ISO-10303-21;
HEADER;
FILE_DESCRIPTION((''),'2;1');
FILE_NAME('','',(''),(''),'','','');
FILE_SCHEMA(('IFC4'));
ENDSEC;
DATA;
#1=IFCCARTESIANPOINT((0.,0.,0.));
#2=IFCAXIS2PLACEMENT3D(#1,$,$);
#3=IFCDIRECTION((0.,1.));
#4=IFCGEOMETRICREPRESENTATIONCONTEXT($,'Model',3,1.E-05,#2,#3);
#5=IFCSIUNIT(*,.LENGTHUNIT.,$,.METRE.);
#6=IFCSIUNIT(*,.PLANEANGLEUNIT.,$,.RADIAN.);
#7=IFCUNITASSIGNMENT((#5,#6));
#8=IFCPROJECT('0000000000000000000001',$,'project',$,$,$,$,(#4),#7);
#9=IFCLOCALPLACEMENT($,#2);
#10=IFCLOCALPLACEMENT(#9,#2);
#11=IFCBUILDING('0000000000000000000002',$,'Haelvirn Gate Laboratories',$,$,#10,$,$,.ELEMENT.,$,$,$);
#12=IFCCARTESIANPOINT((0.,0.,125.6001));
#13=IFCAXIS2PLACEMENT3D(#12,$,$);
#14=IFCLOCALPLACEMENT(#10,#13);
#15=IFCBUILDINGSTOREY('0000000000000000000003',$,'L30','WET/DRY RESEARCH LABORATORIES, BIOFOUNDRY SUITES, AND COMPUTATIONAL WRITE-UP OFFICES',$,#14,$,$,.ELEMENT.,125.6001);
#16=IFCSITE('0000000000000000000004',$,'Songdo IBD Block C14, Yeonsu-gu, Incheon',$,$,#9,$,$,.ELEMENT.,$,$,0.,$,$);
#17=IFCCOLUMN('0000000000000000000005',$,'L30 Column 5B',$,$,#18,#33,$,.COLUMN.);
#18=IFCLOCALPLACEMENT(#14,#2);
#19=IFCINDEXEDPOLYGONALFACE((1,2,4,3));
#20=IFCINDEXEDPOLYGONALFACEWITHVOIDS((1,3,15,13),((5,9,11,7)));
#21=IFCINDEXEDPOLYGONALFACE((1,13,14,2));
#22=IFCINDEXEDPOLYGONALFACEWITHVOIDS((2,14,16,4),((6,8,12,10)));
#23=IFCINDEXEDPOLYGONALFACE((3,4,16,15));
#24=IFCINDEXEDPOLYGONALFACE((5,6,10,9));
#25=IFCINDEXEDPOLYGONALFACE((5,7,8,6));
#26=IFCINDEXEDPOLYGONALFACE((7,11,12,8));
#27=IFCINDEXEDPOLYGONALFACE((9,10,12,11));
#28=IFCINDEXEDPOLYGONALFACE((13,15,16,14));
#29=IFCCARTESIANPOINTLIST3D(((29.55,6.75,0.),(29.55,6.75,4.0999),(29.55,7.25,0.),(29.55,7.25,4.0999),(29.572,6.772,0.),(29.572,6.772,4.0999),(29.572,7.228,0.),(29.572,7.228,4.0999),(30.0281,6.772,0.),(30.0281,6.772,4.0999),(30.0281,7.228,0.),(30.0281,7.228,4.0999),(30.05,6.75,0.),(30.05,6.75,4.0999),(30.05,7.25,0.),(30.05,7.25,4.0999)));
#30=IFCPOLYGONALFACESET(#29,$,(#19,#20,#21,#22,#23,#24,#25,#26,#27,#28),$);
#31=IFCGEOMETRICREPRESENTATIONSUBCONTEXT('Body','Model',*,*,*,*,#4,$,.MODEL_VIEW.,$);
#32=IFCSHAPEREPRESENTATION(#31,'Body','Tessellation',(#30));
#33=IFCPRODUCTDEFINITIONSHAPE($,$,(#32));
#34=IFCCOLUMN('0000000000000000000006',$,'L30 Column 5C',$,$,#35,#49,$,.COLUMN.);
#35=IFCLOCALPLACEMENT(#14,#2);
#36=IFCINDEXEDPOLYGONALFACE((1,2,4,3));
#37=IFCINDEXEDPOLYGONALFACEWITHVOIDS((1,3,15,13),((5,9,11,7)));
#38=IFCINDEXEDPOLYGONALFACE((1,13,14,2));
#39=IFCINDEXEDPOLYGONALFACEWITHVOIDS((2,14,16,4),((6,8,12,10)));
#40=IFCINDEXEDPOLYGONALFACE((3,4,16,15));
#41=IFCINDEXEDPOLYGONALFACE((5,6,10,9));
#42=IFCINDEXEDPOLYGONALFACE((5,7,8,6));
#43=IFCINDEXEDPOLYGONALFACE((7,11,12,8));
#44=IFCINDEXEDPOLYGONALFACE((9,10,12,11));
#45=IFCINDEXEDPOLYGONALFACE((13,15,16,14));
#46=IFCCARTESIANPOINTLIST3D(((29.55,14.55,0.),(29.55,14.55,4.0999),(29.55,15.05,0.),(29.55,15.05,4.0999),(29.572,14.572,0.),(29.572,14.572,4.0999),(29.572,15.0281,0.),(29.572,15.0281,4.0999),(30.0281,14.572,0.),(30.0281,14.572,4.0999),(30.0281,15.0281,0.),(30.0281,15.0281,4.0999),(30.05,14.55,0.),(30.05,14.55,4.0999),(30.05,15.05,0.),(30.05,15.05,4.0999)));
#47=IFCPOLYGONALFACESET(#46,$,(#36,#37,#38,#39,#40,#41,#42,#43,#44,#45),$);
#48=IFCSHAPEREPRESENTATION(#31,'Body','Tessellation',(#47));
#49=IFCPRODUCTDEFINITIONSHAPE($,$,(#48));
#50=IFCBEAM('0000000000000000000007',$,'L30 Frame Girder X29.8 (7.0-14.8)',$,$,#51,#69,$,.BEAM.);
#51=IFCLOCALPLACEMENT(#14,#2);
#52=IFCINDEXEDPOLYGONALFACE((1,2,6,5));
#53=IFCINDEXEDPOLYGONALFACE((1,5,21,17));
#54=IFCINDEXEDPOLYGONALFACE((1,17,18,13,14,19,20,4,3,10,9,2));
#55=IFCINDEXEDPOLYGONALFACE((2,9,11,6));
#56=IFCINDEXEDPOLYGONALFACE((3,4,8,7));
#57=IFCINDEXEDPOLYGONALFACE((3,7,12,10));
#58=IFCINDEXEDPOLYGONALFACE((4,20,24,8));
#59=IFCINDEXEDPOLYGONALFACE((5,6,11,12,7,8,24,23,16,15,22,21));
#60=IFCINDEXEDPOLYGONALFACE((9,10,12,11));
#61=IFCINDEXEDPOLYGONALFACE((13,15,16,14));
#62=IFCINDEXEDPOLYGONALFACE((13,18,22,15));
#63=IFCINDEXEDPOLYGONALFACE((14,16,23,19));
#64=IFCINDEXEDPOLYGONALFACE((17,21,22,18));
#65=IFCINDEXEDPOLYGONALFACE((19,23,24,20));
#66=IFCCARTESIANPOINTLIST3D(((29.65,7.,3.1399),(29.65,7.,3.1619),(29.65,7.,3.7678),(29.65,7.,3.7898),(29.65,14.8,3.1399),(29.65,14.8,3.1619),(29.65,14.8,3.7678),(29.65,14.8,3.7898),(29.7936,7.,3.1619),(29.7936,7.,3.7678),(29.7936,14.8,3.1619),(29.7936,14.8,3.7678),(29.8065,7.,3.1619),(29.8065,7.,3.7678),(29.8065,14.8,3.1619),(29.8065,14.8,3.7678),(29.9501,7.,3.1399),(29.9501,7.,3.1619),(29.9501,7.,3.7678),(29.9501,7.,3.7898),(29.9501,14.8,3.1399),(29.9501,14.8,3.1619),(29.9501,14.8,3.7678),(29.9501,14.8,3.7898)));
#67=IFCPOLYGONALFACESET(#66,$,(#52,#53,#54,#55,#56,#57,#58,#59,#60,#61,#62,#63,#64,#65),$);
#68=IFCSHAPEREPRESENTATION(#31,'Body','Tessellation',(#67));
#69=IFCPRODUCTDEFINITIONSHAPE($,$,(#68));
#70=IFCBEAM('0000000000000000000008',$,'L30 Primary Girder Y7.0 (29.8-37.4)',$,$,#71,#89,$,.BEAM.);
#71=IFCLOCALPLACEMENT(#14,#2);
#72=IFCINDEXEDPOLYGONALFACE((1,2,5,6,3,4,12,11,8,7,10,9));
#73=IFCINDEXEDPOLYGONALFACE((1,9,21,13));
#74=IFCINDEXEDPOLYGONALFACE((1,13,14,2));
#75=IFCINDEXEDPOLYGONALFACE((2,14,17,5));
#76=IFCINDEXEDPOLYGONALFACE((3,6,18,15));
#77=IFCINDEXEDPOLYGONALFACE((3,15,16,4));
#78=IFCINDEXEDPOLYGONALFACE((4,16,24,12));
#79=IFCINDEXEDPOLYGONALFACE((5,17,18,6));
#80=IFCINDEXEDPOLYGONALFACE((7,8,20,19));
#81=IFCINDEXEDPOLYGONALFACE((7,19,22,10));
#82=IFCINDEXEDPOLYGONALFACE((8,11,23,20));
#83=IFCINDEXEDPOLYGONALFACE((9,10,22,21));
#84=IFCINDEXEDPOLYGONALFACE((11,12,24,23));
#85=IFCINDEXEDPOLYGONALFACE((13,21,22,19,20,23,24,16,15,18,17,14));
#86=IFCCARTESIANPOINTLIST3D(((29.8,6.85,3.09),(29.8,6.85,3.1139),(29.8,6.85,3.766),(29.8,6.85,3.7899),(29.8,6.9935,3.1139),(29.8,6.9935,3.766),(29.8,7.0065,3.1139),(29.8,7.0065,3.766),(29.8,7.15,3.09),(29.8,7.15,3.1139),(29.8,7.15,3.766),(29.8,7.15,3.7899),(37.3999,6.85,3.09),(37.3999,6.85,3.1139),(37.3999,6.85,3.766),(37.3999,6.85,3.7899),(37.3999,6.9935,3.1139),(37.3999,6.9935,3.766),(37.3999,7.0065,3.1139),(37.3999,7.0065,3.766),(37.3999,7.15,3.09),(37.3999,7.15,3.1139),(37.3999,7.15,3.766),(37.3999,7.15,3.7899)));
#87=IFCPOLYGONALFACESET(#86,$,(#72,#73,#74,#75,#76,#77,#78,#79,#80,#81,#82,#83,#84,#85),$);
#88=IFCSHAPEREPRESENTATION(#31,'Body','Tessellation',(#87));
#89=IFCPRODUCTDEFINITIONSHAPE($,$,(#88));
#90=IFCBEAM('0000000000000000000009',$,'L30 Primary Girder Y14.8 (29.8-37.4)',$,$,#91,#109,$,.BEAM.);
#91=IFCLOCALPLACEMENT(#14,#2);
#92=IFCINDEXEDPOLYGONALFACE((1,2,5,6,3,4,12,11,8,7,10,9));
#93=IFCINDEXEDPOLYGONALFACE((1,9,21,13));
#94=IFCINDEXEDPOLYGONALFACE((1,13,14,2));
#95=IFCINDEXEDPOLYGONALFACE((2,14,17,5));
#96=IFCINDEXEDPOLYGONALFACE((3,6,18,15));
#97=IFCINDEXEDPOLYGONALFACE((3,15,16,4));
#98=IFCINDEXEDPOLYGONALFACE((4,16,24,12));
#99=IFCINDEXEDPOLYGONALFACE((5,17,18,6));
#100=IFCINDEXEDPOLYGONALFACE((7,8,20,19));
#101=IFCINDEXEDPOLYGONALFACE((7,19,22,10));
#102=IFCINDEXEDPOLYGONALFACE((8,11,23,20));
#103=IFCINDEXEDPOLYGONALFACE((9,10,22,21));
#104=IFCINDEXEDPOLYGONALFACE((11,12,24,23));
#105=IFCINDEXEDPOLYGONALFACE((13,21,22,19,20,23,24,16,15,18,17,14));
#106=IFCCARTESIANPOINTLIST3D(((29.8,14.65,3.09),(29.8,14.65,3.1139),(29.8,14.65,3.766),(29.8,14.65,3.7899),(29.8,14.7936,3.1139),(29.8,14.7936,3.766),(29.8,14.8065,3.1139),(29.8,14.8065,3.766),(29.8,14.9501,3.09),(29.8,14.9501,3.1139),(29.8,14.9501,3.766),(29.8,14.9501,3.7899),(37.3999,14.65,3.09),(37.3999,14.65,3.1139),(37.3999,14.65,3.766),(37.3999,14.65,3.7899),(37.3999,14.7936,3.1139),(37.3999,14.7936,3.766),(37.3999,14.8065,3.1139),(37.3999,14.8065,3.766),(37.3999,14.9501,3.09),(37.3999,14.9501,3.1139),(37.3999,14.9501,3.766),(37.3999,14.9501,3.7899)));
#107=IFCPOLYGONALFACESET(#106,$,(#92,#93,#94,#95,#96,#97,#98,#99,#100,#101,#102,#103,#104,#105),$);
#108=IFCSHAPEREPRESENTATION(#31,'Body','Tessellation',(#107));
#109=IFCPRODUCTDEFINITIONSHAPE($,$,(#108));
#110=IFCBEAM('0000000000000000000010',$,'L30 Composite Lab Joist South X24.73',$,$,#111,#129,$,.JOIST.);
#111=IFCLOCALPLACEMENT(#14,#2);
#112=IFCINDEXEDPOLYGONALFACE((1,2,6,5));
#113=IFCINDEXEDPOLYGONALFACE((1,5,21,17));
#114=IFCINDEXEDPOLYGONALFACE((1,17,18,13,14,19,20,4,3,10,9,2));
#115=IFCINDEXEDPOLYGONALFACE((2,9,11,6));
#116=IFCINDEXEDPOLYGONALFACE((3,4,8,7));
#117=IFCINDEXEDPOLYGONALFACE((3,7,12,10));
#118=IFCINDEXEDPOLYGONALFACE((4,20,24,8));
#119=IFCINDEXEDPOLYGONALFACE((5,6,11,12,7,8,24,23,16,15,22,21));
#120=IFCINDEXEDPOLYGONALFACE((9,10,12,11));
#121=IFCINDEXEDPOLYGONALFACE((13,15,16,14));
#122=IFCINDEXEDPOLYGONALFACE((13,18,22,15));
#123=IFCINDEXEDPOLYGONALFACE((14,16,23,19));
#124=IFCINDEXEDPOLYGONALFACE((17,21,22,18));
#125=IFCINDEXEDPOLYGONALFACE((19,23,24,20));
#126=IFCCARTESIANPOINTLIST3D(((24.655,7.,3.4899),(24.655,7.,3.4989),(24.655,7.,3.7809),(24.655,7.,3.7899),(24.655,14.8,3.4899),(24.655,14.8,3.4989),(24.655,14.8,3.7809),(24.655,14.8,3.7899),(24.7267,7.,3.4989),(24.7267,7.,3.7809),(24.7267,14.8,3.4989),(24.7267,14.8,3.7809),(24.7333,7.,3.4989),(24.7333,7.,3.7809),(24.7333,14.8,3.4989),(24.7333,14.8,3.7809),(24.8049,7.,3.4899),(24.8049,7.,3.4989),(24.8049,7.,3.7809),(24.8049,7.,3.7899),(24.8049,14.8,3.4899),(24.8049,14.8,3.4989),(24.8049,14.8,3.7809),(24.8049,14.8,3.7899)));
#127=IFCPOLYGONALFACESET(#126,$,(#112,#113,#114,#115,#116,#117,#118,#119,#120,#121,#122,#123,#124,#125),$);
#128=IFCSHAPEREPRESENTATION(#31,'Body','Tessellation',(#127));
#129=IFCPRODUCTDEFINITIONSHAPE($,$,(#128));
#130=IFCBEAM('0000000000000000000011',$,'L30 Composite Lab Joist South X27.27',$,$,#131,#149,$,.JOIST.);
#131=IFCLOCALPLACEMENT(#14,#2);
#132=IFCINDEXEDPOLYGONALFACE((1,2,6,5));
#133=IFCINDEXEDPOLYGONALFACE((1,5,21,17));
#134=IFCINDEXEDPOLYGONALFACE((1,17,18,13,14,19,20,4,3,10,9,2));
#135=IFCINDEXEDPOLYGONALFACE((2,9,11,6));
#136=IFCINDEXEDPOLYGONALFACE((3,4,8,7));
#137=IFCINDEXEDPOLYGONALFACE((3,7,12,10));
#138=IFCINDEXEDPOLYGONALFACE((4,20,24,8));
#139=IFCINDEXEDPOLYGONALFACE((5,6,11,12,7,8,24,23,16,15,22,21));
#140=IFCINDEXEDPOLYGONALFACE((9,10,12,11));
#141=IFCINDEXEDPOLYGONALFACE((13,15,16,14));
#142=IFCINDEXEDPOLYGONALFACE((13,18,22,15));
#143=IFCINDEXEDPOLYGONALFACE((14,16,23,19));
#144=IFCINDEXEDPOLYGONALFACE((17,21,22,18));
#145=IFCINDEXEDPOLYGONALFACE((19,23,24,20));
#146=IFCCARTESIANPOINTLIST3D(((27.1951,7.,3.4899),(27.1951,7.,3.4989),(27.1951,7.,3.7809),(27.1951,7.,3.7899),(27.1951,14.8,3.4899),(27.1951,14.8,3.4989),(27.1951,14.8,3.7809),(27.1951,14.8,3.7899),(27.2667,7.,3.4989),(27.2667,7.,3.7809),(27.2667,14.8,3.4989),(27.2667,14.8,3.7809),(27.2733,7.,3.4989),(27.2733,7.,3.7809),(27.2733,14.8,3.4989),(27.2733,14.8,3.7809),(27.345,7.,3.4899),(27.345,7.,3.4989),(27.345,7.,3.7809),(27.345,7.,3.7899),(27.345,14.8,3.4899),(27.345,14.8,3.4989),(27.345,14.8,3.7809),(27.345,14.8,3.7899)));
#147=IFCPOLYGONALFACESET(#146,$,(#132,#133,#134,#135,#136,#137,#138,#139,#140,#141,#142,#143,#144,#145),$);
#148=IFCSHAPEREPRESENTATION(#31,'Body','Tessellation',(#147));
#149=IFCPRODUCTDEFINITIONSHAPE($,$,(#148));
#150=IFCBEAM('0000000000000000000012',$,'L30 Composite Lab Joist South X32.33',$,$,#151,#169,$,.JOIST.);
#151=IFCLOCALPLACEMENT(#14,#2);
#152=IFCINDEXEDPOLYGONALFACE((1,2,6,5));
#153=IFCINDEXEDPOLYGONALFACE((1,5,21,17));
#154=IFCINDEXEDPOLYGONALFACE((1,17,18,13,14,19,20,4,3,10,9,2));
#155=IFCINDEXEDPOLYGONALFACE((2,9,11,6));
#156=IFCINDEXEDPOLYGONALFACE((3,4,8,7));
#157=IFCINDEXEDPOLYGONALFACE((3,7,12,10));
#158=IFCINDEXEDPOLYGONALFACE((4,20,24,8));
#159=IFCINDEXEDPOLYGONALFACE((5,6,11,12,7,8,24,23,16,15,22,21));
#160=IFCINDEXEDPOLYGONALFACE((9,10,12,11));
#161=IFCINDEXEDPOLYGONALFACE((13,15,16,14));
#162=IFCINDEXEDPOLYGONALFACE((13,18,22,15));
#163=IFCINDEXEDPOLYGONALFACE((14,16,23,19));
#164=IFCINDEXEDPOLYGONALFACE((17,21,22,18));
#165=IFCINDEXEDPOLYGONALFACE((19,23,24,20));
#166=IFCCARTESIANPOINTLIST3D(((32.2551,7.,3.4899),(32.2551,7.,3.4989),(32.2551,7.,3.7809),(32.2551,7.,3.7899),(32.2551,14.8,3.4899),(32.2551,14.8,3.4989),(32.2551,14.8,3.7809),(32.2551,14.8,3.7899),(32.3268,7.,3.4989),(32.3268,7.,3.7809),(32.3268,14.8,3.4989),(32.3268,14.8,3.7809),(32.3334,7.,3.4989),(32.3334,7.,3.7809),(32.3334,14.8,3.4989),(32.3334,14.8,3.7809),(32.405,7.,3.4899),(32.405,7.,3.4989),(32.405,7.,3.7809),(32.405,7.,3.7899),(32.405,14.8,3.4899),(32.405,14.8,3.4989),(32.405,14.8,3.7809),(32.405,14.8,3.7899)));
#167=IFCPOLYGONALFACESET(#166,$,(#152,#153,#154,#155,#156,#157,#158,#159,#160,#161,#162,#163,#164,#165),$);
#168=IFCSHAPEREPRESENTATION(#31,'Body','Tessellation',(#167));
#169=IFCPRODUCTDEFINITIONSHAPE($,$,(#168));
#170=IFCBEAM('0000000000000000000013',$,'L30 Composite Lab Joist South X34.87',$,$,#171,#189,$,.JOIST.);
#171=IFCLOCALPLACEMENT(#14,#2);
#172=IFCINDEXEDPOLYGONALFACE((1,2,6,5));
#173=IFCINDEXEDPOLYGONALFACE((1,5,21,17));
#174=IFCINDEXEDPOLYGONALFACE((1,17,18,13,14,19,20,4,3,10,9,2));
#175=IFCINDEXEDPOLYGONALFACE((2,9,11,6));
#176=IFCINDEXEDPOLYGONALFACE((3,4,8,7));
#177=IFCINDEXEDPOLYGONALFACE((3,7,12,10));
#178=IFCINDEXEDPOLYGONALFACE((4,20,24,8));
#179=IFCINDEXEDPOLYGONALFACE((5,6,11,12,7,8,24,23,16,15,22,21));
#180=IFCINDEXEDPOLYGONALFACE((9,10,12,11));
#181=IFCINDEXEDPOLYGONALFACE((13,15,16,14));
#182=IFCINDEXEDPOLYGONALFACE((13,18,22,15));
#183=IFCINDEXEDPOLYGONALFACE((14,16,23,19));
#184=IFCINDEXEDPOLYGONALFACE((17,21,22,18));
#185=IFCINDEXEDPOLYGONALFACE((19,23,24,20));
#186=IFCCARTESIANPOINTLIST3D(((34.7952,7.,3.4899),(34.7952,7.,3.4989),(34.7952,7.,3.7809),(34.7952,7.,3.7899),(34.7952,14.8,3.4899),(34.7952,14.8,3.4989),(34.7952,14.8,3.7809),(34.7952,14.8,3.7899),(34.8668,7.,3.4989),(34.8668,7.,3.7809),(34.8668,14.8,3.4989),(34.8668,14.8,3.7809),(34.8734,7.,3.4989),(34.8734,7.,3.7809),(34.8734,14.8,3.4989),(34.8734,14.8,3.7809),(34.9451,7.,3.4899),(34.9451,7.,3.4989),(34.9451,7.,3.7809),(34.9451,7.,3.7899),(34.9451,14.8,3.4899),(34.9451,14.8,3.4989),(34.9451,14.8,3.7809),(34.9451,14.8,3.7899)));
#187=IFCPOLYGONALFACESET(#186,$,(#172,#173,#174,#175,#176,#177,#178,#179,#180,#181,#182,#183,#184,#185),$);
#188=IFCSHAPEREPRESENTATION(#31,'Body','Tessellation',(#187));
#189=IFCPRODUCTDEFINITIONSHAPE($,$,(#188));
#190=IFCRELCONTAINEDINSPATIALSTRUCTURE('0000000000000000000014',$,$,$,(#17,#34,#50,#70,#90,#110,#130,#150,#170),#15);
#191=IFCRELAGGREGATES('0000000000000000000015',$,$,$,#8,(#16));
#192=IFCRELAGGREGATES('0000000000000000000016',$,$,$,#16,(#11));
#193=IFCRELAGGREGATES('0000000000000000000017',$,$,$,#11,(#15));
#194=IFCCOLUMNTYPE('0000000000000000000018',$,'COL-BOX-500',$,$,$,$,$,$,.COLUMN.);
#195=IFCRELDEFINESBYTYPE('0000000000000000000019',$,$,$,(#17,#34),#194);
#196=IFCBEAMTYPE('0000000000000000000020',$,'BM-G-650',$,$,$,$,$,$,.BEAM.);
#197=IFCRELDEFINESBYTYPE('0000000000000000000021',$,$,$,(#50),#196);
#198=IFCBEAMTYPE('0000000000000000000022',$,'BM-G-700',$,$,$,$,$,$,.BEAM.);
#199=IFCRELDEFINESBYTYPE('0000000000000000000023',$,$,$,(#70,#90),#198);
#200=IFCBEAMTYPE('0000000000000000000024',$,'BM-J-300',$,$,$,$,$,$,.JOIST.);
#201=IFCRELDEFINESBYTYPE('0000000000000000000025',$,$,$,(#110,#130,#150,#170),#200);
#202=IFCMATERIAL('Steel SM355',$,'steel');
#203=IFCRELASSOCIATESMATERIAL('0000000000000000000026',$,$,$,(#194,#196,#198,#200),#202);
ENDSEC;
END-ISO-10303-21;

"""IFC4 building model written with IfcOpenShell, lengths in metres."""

from ifc_helpers import new_model, si_unit, direction, frame, origin, origin_2d, place, context, subcontext, project, spatial, hollow_rectangle, i_section, extrude, source, transform, mapped, material, material_profile, profile_set, type_object, type_shapes, element, save


model = new_model("IFC4")

# Units and contexts
model_context = context("Model", 3, precision=1e-05, world=origin(), true_north=direction((0.0, 1.0)))
body_context = subcontext(model_context, "Body", "Model", "MODEL_VIEW")
ifc_project = project(units=[si_unit("LENGTHUNIT", "METRE"), si_unit("PLANEANGLEUNIT", "RADIAN")], contexts=[model_context])

# Site, building, storey
site_placement = place(None, origin())
site = spatial("IfcSite", under=ifc_project, at=site_placement, Name="Songdo IBD Block C14, Yeonsu-gu, Incheon", CompositionType="ELEMENT", RefElevation=0.0)
building_placement = place(site_placement, origin())
building = spatial("IfcBuilding", under=site, at=building_placement, Name="Haelvirn Gate Laboratories", CompositionType="ELEMENT")
storey_placement = place(building_placement, frame((0.0, 0.0, 125.6001)))
storey = spatial("IfcBuildingStorey", under=building, at=storey_placement, Name="L30", Description="WET/DRY RESEARCH LABORATORIES, BIOFOUNDRY SUITES, AND COMPUTATIONAL WRITE-UP OFFICES", CompositionType="ELEMENT", Elevation=125.6001)

# Columns
ifc_material_1 = material(Name="Steel SM355", Category="steel")
ifc_material_profile_1 = material_profile(ifc_material_1, hollow_rectangle(XDim=0.5, YDim=0.5, WallThickness=0.022, at=origin_2d()), Name="BOX-500x500x22")
ifc_profile_set_1 = profile_set([ifc_material_profile_1], Name="Steel SM355")
column_type = type_object("IfcColumnType", Name="COL-BOX-500", PredefinedType="COLUMN", material=ifc_profile_set_1)
shared_shape_1 = source(origin(), body_context, "Body", "SweptSolid", [
    extrude(hollow_rectangle(XDim=0.5, YDim=0.5, WallThickness=0.022, at=origin_2d()), origin(), (0.0, 0.0, 1.0), 4.0999),
])
type_shapes(column_type, [shared_shape_1])
for number, where, z_axis, x_axis, name in (
    (1, (29.8, 7.0, 0.0), (0.0, 0.0, 1.0), (1.0, 0.0, 0.0), "L30 Column 5B"),
    (2, (29.8, 14.8, 0.0), (0.0, 0.0, 1.0), (1.0, 0.0, 0.0), "L30 Column 5C"),
):
    element("IfcColumn", number, at=place(storey_placement, frame(where, z_axis=z_axis, x_axis=x_axis)), inside=storey, type_object=column_type, Name=name, PredefinedType="COLUMN", context=body_context, shape_type="MappedRepresentation", body=[
        mapped(shared_shape_1, transform((0.0, 0.0, 0.0), scale=1.0)),
    ])

# Beams
ifc_material_profile_2 = material_profile(ifc_material_1, i_section(OverallWidth=0.3, OverallDepth=0.6499, WebThickness=0.0129, FlangeThickness=0.022, at=origin_2d()), Name="H-650x300x13x22")
ifc_profile_set_2 = profile_set([ifc_material_profile_2], Name="Steel SM355")
beam_type_1 = type_object("IfcBeamType", Name="BM-G-650", PredefinedType="BEAM", material=ifc_profile_set_2)
shared_shape_2 = source(origin(), body_context, "Body", "SweptSolid", [
    extrude(i_section(OverallWidth=0.3, OverallDepth=0.6499, WebThickness=0.0129, FlangeThickness=0.022, at=origin_2d()), origin(), (0.0, 0.0, 1.0), 7.8),
])
type_shapes(beam_type_1, [shared_shape_2])
beam_placement = place(storey_placement, frame((29.8, 7.0, 3.4648), z_axis=(0.0, 1.0, 0.0), x_axis=(-1.0, 0.0, 0.0)))
element("IfcBeam", 3, at=beam_placement, inside=storey, type_object=beam_type_1, Name="L30 Frame Girder X29.8 (7.0-14.8)", PredefinedType="BEAM", context=body_context, shape_type="MappedRepresentation", body=[
    mapped(shared_shape_2, transform((0.0, 0.0, 0.0), scale=1.0)),
])
ifc_material_profile_3 = material_profile(ifc_material_1, i_section(OverallWidth=0.3, OverallDepth=0.7, WebThickness=0.0129, FlangeThickness=0.0239, at=origin_2d()), Name="H-700x300x13x24")
ifc_profile_set_3 = profile_set([ifc_material_profile_3], Name="Steel SM355")
beam_type_2 = type_object("IfcBeamType", Name="BM-G-700", PredefinedType="BEAM", material=ifc_profile_set_3)
shared_shape_3 = source(origin(), body_context, "Body", "SweptSolid", [
    extrude(i_section(OverallWidth=0.3, OverallDepth=0.7, WebThickness=0.0129, FlangeThickness=0.0239, at=origin_2d()), origin(), (0.0, 0.0, 1.0), 7.5999),
])
type_shapes(beam_type_2, [shared_shape_3])
for number, where, z_axis, x_axis, name in (
    (4, (29.8, 7.0, 3.4399), (1.0, 0.0, 0.0), (0.0, 1.0, 0.0), "L30 Primary Girder Y7.0 (29.8-37.4)"),
    (5, (29.8, 14.8, 3.4399), (1.0, 0.0, 0.0), (0.0, 1.0, 0.0), "L30 Primary Girder Y14.8 (29.8-37.4)"),
):
    element("IfcBeam", number, at=place(storey_placement, frame(where, z_axis=z_axis, x_axis=x_axis)), inside=storey, type_object=beam_type_2, Name=name, PredefinedType="BEAM", context=body_context, shape_type="MappedRepresentation", body=[
        mapped(shared_shape_3, transform((0.0, 0.0, 0.0), scale=1.0)),
    ])
ifc_material_profile_4 = material_profile(ifc_material_1, i_section(OverallWidth=0.1499, OverallDepth=0.3, WebThickness=0.0066, FlangeThickness=0.009, at=origin_2d()), Name="H-300x150x6.5x9")
ifc_profile_set_4 = profile_set([ifc_material_profile_4], Name="Steel SM355")
beam_type_3 = type_object("IfcBeamType", Name="BM-J-300", PredefinedType="JOIST", material=ifc_profile_set_4)
shared_shape_4 = source(origin(), body_context, "Body", "SweptSolid", [
    extrude(i_section(OverallWidth=0.1499, OverallDepth=0.3, WebThickness=0.0066, FlangeThickness=0.009, at=origin_2d()), origin(), (0.0, 0.0, 1.0), 7.8),
])
type_shapes(beam_type_3, [shared_shape_4])
for number, where, z_axis, x_axis, name in (
    (6, (24.73, 7.0, 3.6399), (0.0, 1.0, 0.0), (-1.0, 0.0, 0.0), "L30 Composite Lab Joist South X24.73"),
    (7, (27.27, 7.0, 3.6399), (0.0, 1.0, 0.0), (-1.0, 0.0, 0.0), "L30 Composite Lab Joist South X27.27"),
    (8, (32.3301, 7.0, 3.6399), (0.0, 1.0, 0.0), (-1.0, 0.0, 0.0), "L30 Composite Lab Joist South X32.33"),
    (9, (34.8701, 7.0, 3.6399), (0.0, 1.0, 0.0), (-1.0, 0.0, 0.0), "L30 Composite Lab Joist South X34.87"),
):
    element("IfcBeam", number, at=place(storey_placement, frame(where, z_axis=z_axis, x_axis=x_axis)), inside=storey, type_object=beam_type_3, Name=name, PredefinedType="JOIST", context=body_context, shape_type="MappedRepresentation", body=[
        mapped(shared_shape_4, transform((0.0, 0.0, 0.0), scale=1.0)),
    ])

save(model, "model.ifc")
